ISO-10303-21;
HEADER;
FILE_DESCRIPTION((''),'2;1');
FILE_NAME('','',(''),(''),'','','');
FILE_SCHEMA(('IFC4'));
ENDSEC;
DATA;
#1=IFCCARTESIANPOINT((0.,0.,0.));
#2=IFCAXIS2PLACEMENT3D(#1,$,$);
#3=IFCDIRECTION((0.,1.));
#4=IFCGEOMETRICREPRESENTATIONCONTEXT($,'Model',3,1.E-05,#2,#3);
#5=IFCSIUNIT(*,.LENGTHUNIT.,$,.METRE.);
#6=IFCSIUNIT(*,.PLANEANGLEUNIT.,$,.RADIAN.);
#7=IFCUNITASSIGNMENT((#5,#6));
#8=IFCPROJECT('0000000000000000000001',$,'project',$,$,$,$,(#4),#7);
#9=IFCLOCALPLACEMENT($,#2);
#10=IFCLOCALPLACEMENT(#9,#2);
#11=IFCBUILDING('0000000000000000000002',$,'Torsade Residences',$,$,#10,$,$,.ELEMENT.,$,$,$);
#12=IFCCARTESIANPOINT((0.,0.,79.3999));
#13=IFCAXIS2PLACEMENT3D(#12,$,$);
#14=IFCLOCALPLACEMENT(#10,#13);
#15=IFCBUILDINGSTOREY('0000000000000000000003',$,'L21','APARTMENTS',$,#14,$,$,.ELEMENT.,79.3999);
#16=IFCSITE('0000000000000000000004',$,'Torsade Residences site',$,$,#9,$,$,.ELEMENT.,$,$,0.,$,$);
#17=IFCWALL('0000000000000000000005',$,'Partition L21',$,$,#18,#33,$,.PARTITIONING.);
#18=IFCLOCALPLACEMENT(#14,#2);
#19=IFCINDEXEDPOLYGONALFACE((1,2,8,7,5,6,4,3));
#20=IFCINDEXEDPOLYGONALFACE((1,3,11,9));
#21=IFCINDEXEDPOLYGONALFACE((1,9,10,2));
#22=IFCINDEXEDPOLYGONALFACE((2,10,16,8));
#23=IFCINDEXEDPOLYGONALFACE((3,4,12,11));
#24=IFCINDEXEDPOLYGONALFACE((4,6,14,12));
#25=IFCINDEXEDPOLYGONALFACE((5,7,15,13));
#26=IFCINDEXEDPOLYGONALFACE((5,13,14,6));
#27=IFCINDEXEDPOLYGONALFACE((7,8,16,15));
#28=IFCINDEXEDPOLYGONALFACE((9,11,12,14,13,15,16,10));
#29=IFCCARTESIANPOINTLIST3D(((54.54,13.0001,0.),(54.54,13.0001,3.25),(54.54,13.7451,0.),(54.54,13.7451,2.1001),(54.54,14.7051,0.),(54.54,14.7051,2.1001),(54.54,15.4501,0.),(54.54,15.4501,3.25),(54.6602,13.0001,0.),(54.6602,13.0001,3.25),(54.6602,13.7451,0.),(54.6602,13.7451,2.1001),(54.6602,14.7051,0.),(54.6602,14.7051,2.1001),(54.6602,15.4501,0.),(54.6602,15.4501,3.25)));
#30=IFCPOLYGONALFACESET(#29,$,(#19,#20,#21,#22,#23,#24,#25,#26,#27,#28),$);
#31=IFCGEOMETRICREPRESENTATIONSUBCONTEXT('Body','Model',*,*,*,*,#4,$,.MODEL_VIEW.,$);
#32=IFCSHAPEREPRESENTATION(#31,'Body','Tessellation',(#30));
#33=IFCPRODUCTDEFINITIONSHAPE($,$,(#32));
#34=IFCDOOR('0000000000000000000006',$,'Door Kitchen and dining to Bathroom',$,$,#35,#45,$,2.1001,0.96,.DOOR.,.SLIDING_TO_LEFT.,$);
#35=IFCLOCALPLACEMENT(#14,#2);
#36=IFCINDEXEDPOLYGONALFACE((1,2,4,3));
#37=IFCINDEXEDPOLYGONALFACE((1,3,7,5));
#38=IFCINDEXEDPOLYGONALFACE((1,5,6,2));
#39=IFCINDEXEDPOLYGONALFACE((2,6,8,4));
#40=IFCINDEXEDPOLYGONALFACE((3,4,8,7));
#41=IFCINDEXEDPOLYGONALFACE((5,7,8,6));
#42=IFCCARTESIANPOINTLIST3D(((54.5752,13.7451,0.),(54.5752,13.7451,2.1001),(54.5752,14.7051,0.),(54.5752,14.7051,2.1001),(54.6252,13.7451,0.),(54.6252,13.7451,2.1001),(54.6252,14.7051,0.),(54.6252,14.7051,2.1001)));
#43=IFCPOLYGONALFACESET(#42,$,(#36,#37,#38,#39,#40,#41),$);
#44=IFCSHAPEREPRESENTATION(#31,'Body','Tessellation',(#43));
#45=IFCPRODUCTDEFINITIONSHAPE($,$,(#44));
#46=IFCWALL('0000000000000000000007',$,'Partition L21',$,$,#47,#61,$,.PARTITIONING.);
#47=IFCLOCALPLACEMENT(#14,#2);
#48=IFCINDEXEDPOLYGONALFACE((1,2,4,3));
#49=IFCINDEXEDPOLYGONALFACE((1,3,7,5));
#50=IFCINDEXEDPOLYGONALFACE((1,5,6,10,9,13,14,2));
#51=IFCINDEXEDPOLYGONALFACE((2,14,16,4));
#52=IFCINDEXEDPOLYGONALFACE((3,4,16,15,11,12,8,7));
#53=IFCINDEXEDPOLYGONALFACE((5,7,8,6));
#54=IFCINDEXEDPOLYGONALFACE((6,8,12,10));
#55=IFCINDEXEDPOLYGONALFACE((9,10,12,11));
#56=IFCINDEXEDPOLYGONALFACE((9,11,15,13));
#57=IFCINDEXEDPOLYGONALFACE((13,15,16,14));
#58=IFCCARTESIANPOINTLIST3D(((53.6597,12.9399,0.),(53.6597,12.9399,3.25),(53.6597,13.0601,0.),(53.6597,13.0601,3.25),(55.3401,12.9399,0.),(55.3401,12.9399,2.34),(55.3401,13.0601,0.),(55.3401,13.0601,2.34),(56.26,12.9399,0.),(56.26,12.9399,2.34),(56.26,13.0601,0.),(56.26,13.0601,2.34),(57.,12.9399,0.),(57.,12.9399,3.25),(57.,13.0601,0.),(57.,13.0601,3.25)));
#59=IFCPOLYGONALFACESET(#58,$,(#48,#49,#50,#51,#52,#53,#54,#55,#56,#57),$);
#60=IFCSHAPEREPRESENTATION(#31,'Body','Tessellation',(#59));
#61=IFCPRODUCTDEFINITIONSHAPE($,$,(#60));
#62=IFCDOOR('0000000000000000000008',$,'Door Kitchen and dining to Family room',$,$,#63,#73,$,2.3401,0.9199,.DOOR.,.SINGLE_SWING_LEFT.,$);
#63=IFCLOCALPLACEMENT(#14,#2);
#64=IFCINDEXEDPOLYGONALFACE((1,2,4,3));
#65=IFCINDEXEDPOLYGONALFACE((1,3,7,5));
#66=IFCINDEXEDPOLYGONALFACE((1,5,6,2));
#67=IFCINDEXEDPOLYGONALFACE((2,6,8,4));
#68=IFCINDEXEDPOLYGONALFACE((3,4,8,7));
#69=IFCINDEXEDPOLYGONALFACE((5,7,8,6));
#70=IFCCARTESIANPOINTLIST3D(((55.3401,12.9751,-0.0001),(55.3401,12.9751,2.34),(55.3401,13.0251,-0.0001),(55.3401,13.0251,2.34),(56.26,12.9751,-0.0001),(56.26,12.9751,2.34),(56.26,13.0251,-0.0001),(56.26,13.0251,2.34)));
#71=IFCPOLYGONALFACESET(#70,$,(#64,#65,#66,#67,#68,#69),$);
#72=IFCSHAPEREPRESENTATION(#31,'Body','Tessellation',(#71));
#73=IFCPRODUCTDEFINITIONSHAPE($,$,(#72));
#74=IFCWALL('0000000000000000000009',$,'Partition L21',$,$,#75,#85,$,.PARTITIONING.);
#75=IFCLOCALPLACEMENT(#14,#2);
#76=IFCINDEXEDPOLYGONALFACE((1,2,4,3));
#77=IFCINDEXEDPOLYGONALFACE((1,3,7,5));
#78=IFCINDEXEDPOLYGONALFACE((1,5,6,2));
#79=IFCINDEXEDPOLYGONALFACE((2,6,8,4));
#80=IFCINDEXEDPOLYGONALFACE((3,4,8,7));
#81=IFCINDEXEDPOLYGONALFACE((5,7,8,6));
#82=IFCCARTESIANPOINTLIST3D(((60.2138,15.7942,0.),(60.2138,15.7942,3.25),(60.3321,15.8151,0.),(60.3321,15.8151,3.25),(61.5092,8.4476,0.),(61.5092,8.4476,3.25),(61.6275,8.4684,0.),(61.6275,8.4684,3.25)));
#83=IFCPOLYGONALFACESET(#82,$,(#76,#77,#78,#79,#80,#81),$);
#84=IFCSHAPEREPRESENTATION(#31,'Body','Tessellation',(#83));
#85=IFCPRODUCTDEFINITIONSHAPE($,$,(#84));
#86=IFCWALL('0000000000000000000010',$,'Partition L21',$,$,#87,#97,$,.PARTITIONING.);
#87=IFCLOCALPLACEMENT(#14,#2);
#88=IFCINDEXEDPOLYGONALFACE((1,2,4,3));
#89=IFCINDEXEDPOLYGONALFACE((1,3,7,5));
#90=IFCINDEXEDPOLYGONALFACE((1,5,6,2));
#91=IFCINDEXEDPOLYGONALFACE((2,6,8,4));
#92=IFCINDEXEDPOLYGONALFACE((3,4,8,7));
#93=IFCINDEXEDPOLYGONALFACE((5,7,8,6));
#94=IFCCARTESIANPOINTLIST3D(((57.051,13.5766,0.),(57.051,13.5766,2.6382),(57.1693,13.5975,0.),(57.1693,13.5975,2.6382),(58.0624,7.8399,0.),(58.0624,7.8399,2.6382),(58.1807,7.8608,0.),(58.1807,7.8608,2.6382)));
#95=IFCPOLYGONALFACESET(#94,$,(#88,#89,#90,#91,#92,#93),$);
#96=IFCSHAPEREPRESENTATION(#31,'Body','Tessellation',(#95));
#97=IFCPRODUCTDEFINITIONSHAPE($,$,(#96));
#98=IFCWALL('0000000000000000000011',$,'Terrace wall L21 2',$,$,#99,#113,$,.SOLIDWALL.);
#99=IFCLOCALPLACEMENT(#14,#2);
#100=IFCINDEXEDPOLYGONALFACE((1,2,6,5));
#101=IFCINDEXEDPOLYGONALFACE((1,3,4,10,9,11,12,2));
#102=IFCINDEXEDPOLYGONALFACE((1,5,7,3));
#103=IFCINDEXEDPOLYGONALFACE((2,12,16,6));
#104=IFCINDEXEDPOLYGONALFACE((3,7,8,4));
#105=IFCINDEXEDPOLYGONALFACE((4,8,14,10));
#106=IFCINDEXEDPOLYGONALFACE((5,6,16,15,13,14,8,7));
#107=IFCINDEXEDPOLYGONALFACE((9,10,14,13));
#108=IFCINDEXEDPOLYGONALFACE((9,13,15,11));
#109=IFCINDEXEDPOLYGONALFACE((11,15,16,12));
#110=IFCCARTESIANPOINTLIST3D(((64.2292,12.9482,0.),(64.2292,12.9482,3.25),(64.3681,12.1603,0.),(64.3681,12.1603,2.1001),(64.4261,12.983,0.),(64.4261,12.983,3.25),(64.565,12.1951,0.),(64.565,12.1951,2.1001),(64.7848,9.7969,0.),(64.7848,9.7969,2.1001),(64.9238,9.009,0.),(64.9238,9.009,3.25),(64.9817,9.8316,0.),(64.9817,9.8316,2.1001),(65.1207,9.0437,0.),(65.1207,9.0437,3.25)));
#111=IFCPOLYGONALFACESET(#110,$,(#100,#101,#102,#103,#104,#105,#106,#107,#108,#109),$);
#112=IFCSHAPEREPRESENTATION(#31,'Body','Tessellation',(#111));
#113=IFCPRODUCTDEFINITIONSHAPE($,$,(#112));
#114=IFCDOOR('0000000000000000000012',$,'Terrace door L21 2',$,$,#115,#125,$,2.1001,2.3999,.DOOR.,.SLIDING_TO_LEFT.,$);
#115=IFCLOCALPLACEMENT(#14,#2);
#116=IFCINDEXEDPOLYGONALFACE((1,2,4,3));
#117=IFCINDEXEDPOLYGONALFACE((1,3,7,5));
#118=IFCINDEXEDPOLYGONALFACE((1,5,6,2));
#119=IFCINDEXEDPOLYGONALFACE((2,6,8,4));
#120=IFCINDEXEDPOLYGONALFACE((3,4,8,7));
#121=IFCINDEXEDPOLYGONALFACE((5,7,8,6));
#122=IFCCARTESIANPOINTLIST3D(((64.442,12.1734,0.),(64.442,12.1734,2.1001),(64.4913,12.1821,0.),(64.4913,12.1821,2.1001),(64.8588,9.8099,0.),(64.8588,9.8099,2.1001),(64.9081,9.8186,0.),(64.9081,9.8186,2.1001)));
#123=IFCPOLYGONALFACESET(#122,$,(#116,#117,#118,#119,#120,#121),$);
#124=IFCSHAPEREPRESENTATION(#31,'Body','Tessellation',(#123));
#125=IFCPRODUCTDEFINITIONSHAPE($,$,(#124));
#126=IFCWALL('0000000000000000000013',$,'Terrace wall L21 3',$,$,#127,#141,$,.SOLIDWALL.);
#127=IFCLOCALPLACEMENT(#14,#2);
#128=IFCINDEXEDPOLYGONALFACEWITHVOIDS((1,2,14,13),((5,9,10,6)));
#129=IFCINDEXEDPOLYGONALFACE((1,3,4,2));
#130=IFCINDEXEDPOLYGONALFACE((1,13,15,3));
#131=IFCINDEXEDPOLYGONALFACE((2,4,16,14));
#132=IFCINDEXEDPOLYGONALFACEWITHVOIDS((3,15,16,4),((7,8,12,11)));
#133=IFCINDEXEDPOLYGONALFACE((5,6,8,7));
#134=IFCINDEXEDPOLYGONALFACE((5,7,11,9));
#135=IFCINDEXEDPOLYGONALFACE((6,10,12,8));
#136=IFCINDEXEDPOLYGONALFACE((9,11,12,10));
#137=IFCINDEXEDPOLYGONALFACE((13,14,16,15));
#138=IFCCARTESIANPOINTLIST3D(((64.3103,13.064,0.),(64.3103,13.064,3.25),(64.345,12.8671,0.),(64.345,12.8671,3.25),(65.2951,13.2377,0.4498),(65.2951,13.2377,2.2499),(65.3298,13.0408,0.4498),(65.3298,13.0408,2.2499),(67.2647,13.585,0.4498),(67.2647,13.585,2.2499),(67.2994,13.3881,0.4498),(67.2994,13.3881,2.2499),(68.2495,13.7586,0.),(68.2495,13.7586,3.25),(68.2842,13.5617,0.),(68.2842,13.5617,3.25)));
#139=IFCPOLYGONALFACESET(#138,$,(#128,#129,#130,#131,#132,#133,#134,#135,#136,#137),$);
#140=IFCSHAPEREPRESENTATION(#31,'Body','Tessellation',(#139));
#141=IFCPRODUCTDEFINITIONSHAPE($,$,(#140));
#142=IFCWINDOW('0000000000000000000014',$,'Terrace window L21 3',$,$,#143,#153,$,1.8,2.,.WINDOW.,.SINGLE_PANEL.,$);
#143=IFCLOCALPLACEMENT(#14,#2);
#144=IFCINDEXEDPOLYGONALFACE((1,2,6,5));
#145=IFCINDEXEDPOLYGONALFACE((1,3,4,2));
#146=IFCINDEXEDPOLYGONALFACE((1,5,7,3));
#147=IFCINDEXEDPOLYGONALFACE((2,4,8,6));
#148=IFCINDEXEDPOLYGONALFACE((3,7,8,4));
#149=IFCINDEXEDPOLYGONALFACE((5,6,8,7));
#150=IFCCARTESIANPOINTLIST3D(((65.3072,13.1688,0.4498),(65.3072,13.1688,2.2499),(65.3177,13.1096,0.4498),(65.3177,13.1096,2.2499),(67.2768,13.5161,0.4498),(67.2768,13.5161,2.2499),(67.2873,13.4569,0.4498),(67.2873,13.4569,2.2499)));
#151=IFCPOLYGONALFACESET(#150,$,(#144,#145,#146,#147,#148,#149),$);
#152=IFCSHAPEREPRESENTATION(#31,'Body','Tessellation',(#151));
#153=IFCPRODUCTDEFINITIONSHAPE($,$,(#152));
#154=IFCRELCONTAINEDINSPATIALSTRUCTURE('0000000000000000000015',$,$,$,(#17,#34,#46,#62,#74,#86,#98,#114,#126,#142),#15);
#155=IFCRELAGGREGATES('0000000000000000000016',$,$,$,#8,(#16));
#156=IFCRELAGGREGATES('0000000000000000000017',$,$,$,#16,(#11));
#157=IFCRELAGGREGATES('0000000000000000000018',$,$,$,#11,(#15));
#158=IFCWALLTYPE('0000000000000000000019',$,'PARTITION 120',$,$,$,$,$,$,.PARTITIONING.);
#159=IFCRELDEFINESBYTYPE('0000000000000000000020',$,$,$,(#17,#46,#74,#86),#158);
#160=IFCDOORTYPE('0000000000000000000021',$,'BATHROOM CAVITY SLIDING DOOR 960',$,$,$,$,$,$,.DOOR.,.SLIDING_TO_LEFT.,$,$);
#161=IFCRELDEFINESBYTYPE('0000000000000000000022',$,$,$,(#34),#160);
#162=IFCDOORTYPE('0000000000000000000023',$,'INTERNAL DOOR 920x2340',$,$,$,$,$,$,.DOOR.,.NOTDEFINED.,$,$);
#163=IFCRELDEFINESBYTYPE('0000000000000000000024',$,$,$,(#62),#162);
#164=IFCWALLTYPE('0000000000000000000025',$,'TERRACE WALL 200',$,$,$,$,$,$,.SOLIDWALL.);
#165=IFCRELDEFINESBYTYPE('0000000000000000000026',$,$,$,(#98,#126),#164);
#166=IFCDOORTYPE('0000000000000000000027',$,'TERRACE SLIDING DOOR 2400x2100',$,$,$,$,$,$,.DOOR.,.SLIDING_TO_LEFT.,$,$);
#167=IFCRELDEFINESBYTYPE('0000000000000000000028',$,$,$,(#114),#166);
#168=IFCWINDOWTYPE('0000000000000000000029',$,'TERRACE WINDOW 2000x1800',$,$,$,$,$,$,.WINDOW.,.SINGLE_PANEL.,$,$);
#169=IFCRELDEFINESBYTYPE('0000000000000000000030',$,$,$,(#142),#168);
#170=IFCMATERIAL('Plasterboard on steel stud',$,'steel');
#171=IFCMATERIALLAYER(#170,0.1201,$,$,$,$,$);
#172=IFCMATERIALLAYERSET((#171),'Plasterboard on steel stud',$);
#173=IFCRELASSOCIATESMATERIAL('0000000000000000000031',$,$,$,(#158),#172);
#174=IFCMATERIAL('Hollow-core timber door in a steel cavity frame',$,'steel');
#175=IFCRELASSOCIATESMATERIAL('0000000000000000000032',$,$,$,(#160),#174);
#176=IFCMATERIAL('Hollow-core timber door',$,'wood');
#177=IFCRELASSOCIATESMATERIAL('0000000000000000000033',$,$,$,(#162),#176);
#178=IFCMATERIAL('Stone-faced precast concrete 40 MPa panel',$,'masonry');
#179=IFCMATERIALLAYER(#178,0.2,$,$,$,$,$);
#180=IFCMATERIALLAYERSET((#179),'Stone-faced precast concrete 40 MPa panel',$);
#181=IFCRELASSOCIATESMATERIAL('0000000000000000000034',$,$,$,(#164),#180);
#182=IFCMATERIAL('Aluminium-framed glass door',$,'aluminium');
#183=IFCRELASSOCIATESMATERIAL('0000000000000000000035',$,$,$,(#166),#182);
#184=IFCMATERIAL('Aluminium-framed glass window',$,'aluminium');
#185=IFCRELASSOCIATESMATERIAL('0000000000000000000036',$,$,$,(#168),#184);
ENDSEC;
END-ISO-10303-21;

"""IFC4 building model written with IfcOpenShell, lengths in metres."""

from ifc_helpers import new_model, si_unit, direction, frame, frame_2d, origin, place, context, subcontext, project, spatial, rectangle, extrude, material, layer, layer_set, type_object, element, fill, save


model = new_model("IFC4")

# Units and contexts
model_context = context("Model", 3, precision=1e-05, world=origin(), true_north=direction((0.0, 1.0)))
body_context = subcontext(model_context, "Body", "Model", "MODEL_VIEW")
ifc_project = project(units=[si_unit("LENGTHUNIT", "METRE"), si_unit("PLANEANGLEUNIT", "RADIAN")], contexts=[model_context])

# Site, building, storey
site_placement = place(None, origin())
site = spatial("IfcSite", under=ifc_project, at=site_placement, Name="Torsade Residences site", CompositionType="ELEMENT", RefElevation=0.0)
building_placement = place(site_placement, origin())
building = spatial("IfcBuilding", under=site, at=building_placement, Name="Torsade Residences", CompositionType="ELEMENT")
storey_placement = place(building_placement, frame((0.0, 0.0, 79.3999)))
storey = spatial("IfcBuildingStorey", under=building, at=storey_placement, Name="L21", Description="APARTMENTS", CompositionType="ELEMENT", Elevation=79.3999)

# Walls, openings, doors
ifc_material_1 = material(Name="Plasterboard on steel stud", Category="steel")
ifc_layer_1 = layer(ifc_material_1, 0.1201)
ifc_layer_set_1 = layer_set([ifc_layer_1], Name="Plasterboard on steel stud")
wall_type_1 = type_object("IfcWallType", Name="PARTITION 120", PredefinedType="PARTITIONING", material=ifc_layer_set_1)
wall_1_placement = place(storey_placement, frame((54.6001, 13.0, 0.0), z_axis=(0.0, 0.0, 1.0), x_axis=(0.0, 1.0, 0.0)))
wall_1 = element("IfcWall", 1, at=wall_1_placement, inside=storey, type_object=wall_type_1, Name="Partition L21", PredefinedType="PARTITIONING", context=body_context, shape_type="SweptSolid", body=[
    extrude(rectangle(XDim=2.45, YDim=0.1201, at=frame_2d((1.2251, 0.0))), origin(), (0.0, 0.0, 1.0), 3.25),
])
opening_1_placement = place(wall_1_placement, frame((0.7451, 0.0, 0.0)))
opening_1 = element("IfcOpeningElement", 2, at=opening_1_placement, cuts=wall_1, PredefinedType="OPENING", context=body_context, shape_type="SweptSolid", body=[
    extrude(rectangle(XDim=0.96, YDim=2.1001, at=frame_2d((0.48, 1.05))), frame((0.0, 0.0701, 0.0), z_axis=(0.0, -1.0, 0.0), x_axis=(1.0, 0.0, 0.0)), (0.0, 0.0, 1.0), 0.1401),
])
ifc_material_2 = material(Name="Hollow-core timber door in a steel cavity frame", Category="steel")
door_type_1 = type_object("IfcDoorType", Name="BATHROOM CAVITY SLIDING DOOR 960", OperationType="SLIDING_TO_LEFT", PredefinedType="DOOR", material=ifc_material_2)
door_1_placement = place(opening_1_placement, origin())
door_1 = element("IfcDoor", 3, at=door_1_placement, inside=storey, type_object=door_type_1, Name="Door Kitchen and dining to Bathroom", OperationType="SLIDING_TO_LEFT", OverallHeight=2.1001, OverallWidth=0.96, PredefinedType="DOOR", context=body_context, shape_type="SweptSolid", body=[
    extrude(rectangle(XDim=0.96, YDim=2.1001, at=frame_2d((0.48, 1.05))), frame((0.0, 0.0249, 0.0), z_axis=(0.0, -1.0, 0.0), x_axis=(1.0, 0.0, 0.0)), (0.0, 0.0, 1.0), 0.05),
])
fill(opening_1, door_1)
wall_2_placement = place(storey_placement, frame((57.0, 13.0, 0.0), z_axis=(0.0, 0.0, 1.0), x_axis=(-1.0, 0.0, 0.0)))
wall_2 = element("IfcWall", 4, at=wall_2_placement, inside=storey, type_object=wall_type_1, Name="Partition L21", PredefinedType="PARTITIONING", context=body_context, shape_type="SweptSolid", body=[
    extrude(rectangle(XDim=3.3403, YDim=0.1201, at=frame_2d((1.6702, 0.0))), origin(), (0.0, 0.0, 1.0), 3.25),
])
opening_2_placement = place(wall_2_placement, frame((0.74, 0.0, 0.0)))
opening_2 = element("IfcOpeningElement", 5, at=opening_2_placement, cuts=wall_2, PredefinedType="OPENING", context=body_context, shape_type="SweptSolid", body=[
    extrude(rectangle(XDim=0.9199, YDim=2.3401, at=frame_2d((0.46, 1.1699))), frame((0.0, 0.0701, 0.0), z_axis=(0.0, -1.0, 0.0), x_axis=(1.0, 0.0, 0.0)), (0.0, 0.0, 1.0), 0.1401),
])
ifc_material_3 = material(Name="Hollow-core timber door", Category="wood")
door_type_2 = type_object("IfcDoorType", Name="INTERNAL DOOR 920x2340", OperationType="NOTDEFINED", PredefinedType="DOOR", material=ifc_material_3)
door_2_placement = place(opening_2_placement, origin())
door_2 = element("IfcDoor", 6, at=door_2_placement, inside=storey, type_object=door_type_2, Name="Door Kitchen and dining to Family room", OperationType="SINGLE_SWING_LEFT", OverallHeight=2.3401, OverallWidth=0.9199, PredefinedType="DOOR", context=body_context, shape_type="SweptSolid", body=[
    extrude(rectangle(XDim=0.9199, YDim=2.3401, at=frame_2d((0.46, 1.1699))), frame((0.0, 0.0249, 0.0), z_axis=(0.0, -1.0, 0.0), x_axis=(1.0, 0.0, 0.0)), (0.0, 0.0, 1.0), 0.05),
])
fill(opening_2, door_2)

# Walls
wall_3_placement = place(storey_placement, frame((61.5684, 8.458, 0.0), z_axis=(0.0, 0.0, 1.0), x_axis=(-0.173647, 0.984808, 0.0)))
element("IfcWall", 7, at=wall_3_placement, inside=storey, type_object=wall_type_1, Name="Partition L21", PredefinedType="PARTITIONING", context=body_context, shape_type="SweptSolid", body=[
    extrude(rectangle(XDim=7.46, YDim=0.1201, at=frame_2d((3.73, 0.0))), origin(), (0.0, 0.0, 1.0), 3.25),
])
wall_4_placement = place(storey_placement, frame((58.1216, 7.8503, 0.0), z_axis=(0.0, 0.0, 1.0), x_axis=(-0.173635, 0.98481, 0.0)))
element("IfcWall", 8, at=wall_4_placement, inside=storey, type_object=wall_type_1, Name="Partition L21", PredefinedType="PARTITIONING", context=body_context, shape_type="SweptSolid", body=[
    extrude(rectangle(XDim=5.8252, YDim=0.1201, at=frame_2d((2.9126, 0.0))), origin(), (0.0, 0.0, 1.0), 2.6382),
])

# Wall, opening, door
ifc_material_4 = material(Name="Stone-faced precast concrete 40 MPa panel", Category="masonry")
ifc_layer_2 = layer(ifc_material_4, 0.2)
ifc_layer_set_2 = layer_set([ifc_layer_2], Name="Stone-faced precast concrete 40 MPa panel")
wall_type_2 = type_object("IfcWallType", Name="TERRACE WALL 200", PredefinedType="SOLIDWALL", material=ifc_layer_set_2)
wall_5_placement = place(storey_placement, frame((65.0222, 9.0264, 0.0), z_axis=(0.0, 0.0, 1.0), x_axis=(-0.173646, 0.984808, 0.0)))
wall_5 = element("IfcWall", 9, at=wall_5_placement, inside=storey, type_object=wall_type_2, Name="Terrace wall L21 2", PredefinedType="SOLIDWALL", context=body_context, shape_type="SweptSolid", body=[
    extrude(rectangle(XDim=4.0, YDim=0.2, at=frame_2d((2.0, 0.0))), origin(), (0.0, 0.0, 1.0), 3.25),
])
opening_3_placement = place(wall_5_placement, frame((0.8, 0.0, 0.0)))
opening_3 = element("IfcOpeningElement", 10, at=opening_3_placement, cuts=wall_5, PredefinedType="OPENING", context=body_context, shape_type="SweptSolid", body=[
    extrude(rectangle(XDim=2.3999, YDim=2.1001, at=frame_2d((1.2, 1.05))), frame((0.0, 0.1099, 0.0), z_axis=(0.0, -1.0, 0.0), x_axis=(1.0, 0.0, 0.0)), (0.0, 0.0, 1.0), 0.22),
])
ifc_material_5 = material(Name="Aluminium-framed glass door", Category="aluminium")
door_type_3 = type_object("IfcDoorType", Name="TERRACE SLIDING DOOR 2400x2100", OperationType="SLIDING_TO_LEFT", PredefinedType="DOOR", material=ifc_material_5)
door_3_placement = place(opening_3_placement, origin())
door_3 = element("IfcDoor", 11, at=door_3_placement, inside=storey, type_object=door_type_3, Name="Terrace door L21 2", OperationType="SLIDING_TO_LEFT", OverallHeight=2.1001, OverallWidth=2.3999, PredefinedType="DOOR", context=body_context, shape_type="SweptSolid", body=[
    extrude(rectangle(XDim=2.3999, YDim=2.1001, at=frame_2d((1.2, 1.05))), frame((0.0, 0.0249, 0.0), z_axis=(0.0, -1.0, 0.0), x_axis=(1.0, 0.0, 0.0)), (0.0, 0.0, 1.0), 0.05),
])
fill(opening_3, door_3)

# Wall, opening, window
wall_6_placement = place(storey_placement, frame((64.3276, 12.9656, 0.0), z_axis=(0.0, 0.0, 1.0), x_axis=(0.984808, 0.173646, 0.0)))
wall_6 = element("IfcWall", 12, at=wall_6_placement, inside=storey, type_object=wall_type_2, Name="Terrace wall L21 3", PredefinedType="SOLIDWALL", context=body_context, shape_type="SweptSolid", body=[
    extrude(rectangle(XDim=4.0, YDim=0.2, at=frame_2d((2.0, 0.0))), origin(), (0.0, 0.0, 1.0), 3.25),
])
opening_4_placement = place(wall_6_placement, frame((1.0, 0.0, 0.45)))
opening_4 = element("IfcOpeningElement", 13, at=opening_4_placement, cuts=wall_6, PredefinedType="OPENING", context=body_context, shape_type="SweptSolid", body=[
    extrude(rectangle(XDim=2.0, YDim=1.8, at=frame_2d((1.0, 0.8999))), frame((0.0, 0.1099, 0.0), z_axis=(0.0, -1.0, 0.0), x_axis=(1.0, 0.0, 0.0)), (0.0, 0.0, 1.0), 0.22),
])
ifc_material_6 = material(Name="Aluminium-framed glass window", Category="aluminium")
window_type = type_object("IfcWindowType", Name="TERRACE WINDOW 2000x1800", PartitioningType="SINGLE_PANEL", PredefinedType="WINDOW", material=ifc_material_6)
window_placement = place(opening_4_placement, origin())
window = element("IfcWindow", 14, at=window_placement, inside=storey, type_object=window_type, Name="Terrace window L21 3", OverallHeight=1.8, OverallWidth=2.0, PartitioningType="SINGLE_PANEL", PredefinedType="WINDOW", context=body_context, shape_type="SweptSolid", body=[
    extrude(rectangle(XDim=2.0, YDim=1.8, at=frame_2d((1.0, 0.8999))), frame((0.0, 0.03, 0.0), z_axis=(0.0, -1.0, 0.0), x_axis=(1.0, 0.0, 0.0)), (0.0, 0.0, 1.0), 0.0601),
])
fill(opening_4, window)

save(model, "model.ifc")
